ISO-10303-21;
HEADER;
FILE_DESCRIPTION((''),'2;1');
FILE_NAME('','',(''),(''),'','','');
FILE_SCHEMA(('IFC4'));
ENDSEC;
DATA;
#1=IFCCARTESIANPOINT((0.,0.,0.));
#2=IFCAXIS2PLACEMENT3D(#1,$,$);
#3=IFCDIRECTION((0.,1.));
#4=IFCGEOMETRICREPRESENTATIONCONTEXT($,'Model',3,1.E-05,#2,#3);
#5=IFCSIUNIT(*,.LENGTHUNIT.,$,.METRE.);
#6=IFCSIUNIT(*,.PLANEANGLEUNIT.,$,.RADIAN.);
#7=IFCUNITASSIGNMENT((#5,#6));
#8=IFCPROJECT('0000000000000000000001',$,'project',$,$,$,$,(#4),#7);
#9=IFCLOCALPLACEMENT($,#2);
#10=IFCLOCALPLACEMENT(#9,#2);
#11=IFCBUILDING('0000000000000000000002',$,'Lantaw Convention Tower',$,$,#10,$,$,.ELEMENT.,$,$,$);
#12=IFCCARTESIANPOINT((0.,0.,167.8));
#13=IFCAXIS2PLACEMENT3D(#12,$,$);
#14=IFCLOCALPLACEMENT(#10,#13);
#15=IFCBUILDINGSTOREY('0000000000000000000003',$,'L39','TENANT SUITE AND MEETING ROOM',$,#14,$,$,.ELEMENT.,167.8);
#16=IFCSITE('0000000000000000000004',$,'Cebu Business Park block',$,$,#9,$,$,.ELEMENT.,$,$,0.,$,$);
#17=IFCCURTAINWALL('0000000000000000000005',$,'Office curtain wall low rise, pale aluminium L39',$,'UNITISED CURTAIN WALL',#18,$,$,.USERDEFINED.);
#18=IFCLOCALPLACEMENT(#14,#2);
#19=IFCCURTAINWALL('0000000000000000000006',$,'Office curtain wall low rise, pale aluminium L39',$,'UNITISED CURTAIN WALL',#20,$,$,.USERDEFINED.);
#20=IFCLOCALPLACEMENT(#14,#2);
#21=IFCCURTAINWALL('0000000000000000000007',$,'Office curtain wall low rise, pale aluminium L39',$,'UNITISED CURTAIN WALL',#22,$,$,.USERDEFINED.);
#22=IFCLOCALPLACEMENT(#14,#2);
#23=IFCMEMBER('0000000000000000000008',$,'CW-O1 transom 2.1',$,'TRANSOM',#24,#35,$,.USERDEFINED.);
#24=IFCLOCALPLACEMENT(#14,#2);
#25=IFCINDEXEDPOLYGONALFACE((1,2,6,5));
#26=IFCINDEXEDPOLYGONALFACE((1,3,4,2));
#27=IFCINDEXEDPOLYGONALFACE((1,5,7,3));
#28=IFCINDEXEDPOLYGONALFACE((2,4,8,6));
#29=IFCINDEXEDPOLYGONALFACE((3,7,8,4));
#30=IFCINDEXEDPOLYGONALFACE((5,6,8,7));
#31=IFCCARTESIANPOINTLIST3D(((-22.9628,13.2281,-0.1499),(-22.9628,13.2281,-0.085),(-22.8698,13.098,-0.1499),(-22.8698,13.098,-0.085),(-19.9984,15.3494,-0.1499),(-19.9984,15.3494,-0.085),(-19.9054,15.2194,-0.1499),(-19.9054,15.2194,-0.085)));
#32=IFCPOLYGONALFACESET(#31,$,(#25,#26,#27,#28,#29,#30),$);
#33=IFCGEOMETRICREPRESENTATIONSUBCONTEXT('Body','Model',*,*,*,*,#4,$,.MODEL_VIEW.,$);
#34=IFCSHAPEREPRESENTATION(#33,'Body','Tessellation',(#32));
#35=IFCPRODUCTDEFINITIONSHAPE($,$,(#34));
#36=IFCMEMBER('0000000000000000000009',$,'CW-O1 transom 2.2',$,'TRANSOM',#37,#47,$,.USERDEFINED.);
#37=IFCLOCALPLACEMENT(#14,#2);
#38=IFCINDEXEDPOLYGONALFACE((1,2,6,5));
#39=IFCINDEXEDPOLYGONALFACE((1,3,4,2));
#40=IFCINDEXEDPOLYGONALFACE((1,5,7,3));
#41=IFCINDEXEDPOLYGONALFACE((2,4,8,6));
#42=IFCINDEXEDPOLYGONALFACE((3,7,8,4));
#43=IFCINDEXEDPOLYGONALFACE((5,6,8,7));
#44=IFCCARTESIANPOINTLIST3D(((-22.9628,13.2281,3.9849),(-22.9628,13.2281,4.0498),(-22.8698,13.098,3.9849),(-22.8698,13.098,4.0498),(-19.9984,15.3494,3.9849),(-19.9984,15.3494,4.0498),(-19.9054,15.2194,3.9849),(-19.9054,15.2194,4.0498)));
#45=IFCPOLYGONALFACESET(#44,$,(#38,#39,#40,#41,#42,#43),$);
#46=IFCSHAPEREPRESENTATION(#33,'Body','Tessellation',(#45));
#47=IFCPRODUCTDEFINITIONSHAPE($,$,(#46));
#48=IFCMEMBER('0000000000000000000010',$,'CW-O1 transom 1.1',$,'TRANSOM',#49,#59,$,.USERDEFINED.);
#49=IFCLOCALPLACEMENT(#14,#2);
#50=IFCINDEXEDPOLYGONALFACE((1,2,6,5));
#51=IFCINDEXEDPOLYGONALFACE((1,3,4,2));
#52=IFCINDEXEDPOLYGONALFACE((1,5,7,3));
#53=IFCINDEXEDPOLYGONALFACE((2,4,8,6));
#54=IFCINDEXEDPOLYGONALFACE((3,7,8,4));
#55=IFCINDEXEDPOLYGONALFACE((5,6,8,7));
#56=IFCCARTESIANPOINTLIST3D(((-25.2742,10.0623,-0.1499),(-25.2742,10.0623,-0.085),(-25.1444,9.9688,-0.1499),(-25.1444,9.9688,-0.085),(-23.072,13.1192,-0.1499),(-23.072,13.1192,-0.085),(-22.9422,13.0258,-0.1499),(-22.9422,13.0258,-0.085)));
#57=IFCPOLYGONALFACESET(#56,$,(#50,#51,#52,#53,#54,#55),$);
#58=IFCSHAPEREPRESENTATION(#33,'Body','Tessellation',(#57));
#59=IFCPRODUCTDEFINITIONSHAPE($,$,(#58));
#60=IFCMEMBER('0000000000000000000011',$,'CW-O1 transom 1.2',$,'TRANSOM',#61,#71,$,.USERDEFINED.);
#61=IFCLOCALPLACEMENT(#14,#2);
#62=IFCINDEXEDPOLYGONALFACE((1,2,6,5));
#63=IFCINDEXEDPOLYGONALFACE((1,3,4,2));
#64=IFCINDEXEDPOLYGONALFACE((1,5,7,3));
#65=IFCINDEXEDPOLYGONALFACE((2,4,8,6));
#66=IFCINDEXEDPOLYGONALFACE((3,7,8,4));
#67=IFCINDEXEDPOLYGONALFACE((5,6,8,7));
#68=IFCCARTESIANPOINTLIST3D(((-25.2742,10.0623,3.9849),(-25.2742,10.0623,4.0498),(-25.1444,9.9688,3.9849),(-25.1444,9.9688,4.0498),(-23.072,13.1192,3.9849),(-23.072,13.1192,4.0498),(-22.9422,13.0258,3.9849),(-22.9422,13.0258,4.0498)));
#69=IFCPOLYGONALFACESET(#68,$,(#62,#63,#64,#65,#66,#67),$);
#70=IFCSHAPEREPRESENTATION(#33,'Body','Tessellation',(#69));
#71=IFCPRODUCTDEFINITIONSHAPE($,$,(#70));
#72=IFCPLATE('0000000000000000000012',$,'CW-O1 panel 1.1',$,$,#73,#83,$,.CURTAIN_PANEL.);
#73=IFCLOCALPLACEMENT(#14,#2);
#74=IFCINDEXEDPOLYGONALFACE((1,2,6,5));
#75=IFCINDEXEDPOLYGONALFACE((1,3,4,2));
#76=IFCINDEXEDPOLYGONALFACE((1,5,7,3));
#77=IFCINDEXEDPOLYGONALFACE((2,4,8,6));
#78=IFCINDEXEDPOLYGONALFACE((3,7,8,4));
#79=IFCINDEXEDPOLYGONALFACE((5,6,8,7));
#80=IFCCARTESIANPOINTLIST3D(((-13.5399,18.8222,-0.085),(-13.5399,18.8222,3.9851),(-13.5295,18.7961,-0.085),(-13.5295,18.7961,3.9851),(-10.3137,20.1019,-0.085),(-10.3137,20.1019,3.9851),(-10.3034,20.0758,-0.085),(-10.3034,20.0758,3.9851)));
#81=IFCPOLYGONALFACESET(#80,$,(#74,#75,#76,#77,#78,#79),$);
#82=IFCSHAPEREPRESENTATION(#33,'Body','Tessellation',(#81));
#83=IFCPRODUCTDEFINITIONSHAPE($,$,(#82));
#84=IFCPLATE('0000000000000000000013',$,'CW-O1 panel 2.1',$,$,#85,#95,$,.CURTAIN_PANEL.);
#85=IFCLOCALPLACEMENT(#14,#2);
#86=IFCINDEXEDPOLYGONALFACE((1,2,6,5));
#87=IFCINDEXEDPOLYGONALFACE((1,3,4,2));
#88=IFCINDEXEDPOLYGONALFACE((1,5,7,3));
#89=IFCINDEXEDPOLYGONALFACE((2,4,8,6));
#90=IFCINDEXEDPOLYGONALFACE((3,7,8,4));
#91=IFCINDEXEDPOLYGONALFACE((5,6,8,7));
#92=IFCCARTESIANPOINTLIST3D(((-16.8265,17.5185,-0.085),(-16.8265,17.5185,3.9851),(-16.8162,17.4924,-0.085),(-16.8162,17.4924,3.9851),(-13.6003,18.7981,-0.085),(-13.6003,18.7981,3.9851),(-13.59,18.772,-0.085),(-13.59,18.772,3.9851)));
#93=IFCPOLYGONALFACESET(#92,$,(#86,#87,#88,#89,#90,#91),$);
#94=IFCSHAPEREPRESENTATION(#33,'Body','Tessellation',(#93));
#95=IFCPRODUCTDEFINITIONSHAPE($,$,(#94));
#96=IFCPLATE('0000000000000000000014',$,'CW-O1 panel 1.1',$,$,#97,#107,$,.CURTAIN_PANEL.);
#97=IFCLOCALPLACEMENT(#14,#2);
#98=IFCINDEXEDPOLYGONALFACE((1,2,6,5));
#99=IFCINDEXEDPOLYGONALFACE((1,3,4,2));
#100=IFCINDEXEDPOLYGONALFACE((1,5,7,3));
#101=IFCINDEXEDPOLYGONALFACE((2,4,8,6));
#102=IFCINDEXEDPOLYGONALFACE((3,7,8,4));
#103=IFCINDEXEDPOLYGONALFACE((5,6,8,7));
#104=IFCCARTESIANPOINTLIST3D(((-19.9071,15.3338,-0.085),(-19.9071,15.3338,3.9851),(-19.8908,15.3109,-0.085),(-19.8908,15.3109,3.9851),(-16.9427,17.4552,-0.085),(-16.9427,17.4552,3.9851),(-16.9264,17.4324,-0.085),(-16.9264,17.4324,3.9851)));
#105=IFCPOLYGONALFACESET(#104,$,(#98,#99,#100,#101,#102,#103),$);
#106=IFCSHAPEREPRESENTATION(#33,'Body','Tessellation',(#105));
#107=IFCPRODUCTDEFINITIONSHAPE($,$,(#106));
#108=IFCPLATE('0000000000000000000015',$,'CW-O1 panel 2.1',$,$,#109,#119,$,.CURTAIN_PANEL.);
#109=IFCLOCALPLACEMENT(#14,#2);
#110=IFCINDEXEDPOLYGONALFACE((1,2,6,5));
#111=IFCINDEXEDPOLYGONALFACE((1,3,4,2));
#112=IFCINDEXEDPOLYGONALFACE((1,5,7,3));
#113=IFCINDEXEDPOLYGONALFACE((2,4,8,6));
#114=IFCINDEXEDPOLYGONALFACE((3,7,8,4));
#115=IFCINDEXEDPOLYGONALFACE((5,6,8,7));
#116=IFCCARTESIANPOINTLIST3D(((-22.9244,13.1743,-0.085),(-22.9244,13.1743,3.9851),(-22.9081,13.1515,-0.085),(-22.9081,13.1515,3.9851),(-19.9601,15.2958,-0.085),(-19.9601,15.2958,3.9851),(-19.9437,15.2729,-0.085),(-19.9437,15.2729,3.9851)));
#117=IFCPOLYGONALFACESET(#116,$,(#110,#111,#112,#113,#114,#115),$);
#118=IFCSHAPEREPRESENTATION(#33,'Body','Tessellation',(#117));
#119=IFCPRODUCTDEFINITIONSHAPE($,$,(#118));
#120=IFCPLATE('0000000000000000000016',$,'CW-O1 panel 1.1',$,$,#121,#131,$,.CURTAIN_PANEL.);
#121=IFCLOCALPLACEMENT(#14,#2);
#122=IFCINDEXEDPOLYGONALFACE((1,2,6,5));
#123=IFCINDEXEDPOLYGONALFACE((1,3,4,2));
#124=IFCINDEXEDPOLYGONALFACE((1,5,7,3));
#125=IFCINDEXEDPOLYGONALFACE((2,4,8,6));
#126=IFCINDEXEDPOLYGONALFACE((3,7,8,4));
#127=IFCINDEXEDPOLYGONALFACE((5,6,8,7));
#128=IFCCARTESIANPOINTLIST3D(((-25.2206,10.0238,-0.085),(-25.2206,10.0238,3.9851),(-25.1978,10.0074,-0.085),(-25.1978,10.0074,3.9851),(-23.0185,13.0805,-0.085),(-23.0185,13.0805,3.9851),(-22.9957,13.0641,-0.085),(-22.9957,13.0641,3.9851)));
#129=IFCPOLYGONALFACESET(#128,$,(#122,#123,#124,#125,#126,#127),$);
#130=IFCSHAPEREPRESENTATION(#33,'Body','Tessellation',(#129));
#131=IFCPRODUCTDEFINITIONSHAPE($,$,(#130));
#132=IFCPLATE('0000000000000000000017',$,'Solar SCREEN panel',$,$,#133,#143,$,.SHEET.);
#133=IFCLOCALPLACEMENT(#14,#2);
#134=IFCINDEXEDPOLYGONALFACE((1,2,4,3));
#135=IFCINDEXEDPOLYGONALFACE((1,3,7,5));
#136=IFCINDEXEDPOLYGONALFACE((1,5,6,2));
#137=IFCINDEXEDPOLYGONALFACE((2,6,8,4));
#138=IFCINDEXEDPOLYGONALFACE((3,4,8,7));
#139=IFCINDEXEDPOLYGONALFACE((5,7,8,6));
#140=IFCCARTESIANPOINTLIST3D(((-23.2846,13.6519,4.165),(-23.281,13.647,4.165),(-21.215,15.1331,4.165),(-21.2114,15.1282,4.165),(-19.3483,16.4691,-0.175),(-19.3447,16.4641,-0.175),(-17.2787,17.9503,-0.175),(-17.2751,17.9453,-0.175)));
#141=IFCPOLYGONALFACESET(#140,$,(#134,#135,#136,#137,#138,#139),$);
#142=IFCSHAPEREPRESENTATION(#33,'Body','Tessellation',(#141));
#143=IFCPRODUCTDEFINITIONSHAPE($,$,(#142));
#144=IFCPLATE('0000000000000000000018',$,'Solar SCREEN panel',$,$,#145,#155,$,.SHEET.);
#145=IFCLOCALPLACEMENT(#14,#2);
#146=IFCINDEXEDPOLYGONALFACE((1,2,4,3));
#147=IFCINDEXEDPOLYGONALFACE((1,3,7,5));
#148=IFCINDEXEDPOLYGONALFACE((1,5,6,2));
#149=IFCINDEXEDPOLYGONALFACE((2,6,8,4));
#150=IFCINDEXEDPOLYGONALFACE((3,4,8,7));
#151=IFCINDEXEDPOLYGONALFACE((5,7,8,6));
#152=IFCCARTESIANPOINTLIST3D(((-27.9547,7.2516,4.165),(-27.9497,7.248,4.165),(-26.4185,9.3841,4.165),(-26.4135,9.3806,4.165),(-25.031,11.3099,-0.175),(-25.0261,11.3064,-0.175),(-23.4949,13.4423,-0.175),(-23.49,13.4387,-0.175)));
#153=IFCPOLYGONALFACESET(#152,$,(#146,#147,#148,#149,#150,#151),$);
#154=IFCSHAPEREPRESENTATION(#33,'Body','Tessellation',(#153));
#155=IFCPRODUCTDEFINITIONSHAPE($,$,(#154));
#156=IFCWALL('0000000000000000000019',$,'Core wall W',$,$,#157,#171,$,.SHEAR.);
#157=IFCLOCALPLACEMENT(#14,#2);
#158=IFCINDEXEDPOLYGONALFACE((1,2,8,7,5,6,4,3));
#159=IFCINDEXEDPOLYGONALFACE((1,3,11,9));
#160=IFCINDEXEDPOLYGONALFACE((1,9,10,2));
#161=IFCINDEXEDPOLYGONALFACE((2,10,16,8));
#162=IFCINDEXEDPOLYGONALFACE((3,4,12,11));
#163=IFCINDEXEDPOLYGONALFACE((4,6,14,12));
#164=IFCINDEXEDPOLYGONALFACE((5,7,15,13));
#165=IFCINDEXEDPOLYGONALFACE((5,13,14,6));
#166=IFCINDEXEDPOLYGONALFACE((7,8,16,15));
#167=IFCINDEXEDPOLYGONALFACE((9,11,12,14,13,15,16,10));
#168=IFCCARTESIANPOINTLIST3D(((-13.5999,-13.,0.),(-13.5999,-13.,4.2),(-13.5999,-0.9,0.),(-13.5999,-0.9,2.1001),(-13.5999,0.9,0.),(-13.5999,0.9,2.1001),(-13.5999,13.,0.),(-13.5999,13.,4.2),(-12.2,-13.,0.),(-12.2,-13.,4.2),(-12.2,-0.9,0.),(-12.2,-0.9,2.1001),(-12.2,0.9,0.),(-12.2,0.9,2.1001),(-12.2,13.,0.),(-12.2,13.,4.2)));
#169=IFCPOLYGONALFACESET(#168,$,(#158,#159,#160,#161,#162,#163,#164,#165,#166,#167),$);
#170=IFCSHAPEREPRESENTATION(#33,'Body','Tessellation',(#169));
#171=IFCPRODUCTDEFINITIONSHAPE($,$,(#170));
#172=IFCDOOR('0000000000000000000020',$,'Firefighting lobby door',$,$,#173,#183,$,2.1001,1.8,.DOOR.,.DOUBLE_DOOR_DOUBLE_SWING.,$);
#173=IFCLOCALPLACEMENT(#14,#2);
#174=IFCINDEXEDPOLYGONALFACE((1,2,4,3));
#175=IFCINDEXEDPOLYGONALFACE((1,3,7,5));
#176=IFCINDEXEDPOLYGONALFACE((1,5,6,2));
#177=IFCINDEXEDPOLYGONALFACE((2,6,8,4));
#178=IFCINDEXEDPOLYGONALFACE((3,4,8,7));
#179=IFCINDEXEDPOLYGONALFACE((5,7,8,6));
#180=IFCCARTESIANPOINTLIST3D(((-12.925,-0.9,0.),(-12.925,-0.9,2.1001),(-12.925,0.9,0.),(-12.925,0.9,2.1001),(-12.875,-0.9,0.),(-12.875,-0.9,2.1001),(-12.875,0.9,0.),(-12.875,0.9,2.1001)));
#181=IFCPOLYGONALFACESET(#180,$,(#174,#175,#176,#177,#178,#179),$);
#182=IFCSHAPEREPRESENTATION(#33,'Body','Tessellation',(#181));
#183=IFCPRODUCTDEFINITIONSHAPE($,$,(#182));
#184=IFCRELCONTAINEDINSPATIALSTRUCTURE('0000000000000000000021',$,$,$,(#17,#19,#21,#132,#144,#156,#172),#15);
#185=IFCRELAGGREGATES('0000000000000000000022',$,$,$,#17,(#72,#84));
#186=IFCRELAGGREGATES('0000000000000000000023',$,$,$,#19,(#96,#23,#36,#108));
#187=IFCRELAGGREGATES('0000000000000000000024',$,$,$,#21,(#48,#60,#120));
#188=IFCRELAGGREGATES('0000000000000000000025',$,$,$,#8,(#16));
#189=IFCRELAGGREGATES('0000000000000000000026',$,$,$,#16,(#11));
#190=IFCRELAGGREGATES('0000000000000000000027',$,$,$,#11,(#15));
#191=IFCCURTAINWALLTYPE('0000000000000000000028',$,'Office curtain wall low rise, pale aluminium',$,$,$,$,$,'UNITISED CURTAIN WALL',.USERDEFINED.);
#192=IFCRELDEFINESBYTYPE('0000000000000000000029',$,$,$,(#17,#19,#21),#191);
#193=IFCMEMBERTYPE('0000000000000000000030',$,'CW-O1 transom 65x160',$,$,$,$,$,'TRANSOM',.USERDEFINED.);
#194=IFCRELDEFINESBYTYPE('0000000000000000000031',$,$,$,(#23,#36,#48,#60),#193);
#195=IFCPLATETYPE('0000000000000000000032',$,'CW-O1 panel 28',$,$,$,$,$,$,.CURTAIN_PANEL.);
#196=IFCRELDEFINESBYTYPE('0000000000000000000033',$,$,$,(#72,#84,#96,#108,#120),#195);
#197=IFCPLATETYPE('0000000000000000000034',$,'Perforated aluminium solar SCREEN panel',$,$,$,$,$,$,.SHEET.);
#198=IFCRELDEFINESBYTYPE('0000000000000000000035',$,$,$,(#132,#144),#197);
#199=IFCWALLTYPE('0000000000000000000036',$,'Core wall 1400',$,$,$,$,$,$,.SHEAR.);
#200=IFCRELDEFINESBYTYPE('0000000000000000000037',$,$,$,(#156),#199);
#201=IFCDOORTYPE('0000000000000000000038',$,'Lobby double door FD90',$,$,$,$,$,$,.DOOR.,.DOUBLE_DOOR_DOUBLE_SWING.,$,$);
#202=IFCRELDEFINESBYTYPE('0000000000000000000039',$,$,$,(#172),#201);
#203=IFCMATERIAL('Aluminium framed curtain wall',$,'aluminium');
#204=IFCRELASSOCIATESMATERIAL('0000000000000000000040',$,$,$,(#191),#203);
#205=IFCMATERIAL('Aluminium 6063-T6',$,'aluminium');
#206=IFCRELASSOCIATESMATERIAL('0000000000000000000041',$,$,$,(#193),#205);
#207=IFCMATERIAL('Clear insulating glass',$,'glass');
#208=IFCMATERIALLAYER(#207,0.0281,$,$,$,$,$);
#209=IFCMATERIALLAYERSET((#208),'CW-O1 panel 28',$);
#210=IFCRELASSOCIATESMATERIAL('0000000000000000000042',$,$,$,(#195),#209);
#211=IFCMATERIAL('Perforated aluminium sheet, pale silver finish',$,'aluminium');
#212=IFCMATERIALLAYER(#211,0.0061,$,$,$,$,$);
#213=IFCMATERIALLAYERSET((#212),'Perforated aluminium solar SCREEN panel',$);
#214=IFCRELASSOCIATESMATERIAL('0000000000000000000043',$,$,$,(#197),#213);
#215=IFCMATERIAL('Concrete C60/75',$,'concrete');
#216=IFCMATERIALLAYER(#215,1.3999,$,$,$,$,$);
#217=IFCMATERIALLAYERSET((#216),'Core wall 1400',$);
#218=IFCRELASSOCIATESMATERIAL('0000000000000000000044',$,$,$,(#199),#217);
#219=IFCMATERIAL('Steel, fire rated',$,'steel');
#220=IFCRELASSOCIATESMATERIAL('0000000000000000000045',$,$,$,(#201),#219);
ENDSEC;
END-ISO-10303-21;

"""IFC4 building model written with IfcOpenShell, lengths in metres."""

from ifc_helpers import new_model, si_unit, direction, frame, frame_2d, origin, origin_2d, place, context, subcontext, project, spatial, polyline, rectangle, outline, extrude, material, layer, layer_set, material_profile, profile_set, type_object, element, fill, aggregate, save


model = new_model("IFC4")

# Units and contexts
model_context = context("Model", 3, precision=1e-05, world=origin(), true_north=direction((0.0, 1.0)))
body_context = subcontext(model_context, "Body", "Model", "MODEL_VIEW")
ifc_project = project(units=[si_unit("LENGTHUNIT", "METRE"), si_unit("PLANEANGLEUNIT", "RADIAN")], contexts=[model_context])

# Site, building, storey
site_placement = place(None, origin())
site = spatial("IfcSite", under=ifc_project, at=site_placement, Name="Cebu Business Park block", CompositionType="ELEMENT", RefElevation=0.0)
building_placement = place(site_placement, origin())
building = spatial("IfcBuilding", under=site, at=building_placement, Name="Lantaw Convention Tower", CompositionType="ELEMENT")
storey_placement = place(building_placement, frame((0.0, 0.0, 167.8)))
storey = spatial("IfcBuildingStorey", under=building, at=storey_placement, Name="L39", Description="TENANT SUITE AND MEETING ROOM", CompositionType="ELEMENT", Elevation=167.8)

# Shared definitions
ifc_material_1 = material(Name="Concrete C60/75", Category="concrete")

# Curtain walls
ifc_material_2 = material(Name="Aluminium framed curtain wall", Category="aluminium")
curtain_wall_type = type_object("IfcCurtainWallType", Name="Office curtain wall low rise, pale aluminium", ElementType="UNITISED CURTAIN WALL", PredefinedType="USERDEFINED", material=ifc_material_2)
curtain_wall_1_placement = place(storey_placement, origin())
curtain_wall_1 = element("IfcCurtainWall", 1, at=curtain_wall_1_placement, inside=storey, type_object=curtain_wall_type, Name="Office curtain wall low rise, pale aluminium L39", ObjectType="UNITISED CURTAIN WALL", PredefinedType="USERDEFINED")
ifc_material_3 = material(Name="Aluminium 6063-T6", Category="aluminium")
curtain_wall_2_placement = place(storey_placement, origin())
curtain_wall_2 = element("IfcCurtainWall", 2, at=curtain_wall_2_placement, inside=storey, type_object=curtain_wall_type, Name="Office curtain wall low rise, pale aluminium L39", ObjectType="UNITISED CURTAIN WALL", PredefinedType="USERDEFINED")
curtain_wall_3_placement = place(storey_placement, origin())
curtain_wall_3 = element("IfcCurtainWall", 3, at=curtain_wall_3_placement, inside=storey, type_object=curtain_wall_type, Name="Office curtain wall low rise, pale aluminium L39", ObjectType="UNITISED CURTAIN WALL", PredefinedType="USERDEFINED")

# Members
ifc_material_profile_1 = material_profile(ifc_material_3, rectangle(XDim=0.1599, YDim=0.0649, at=origin_2d()), Name="CW-O1 transom 65x160")
ifc_profile_set_1 = profile_set([ifc_material_profile_1], Name="Aluminium 6063-T6")
member_type_1 = type_object("IfcMemberType", Name="CW-O1 transom 65x160", ElementType="TRANSOM", PredefinedType="USERDEFINED", material=ifc_profile_set_1)
member_1_placement = place(storey_placement, frame((-19.9519, 15.2844, -0.1174), z_axis=(-0.813222, -0.581954, 0.0), x_axis=(0.581954, -0.813222, 0.0)))
member_1 = element("IfcMember", 4, at=member_1_placement, type_object=member_type_1, Name="CW-O1 transom 2.1", ObjectType="TRANSOM", PredefinedType="USERDEFINED", context=body_context, shape_type="SweptSolid", body=[
    extrude(rectangle(XDim=0.1599, YDim=0.0649, at=origin_2d()), origin(), (0.0, 0.0, 1.0), 3.6453),
])
member_2_placement = place(storey_placement, frame((-19.9519, 15.2844, 4.0173), z_axis=(-0.813222, -0.581954, 0.0), x_axis=(0.581954, -0.813222, 0.0)))
member_2 = element("IfcMember", 5, at=member_2_placement, type_object=member_type_1, Name="CW-O1 transom 2.2", ObjectType="TRANSOM", PredefinedType="USERDEFINED", context=body_context, shape_type="SweptSolid", body=[
    extrude(rectangle(XDim=0.1599, YDim=0.0649, at=origin_2d()), origin(), (0.0, 0.0, 1.0), 3.6453),
])
member_3_placement = place(storey_placement, frame((-23.0071, 13.0725, -0.1174), z_axis=(-0.584513, -0.811384, 0.0), x_axis=(0.811384, -0.584513, 0.0)))
member_3 = element("IfcMember", 6, at=member_3_placement, type_object=member_type_1, Name="CW-O1 transom 1.1", ObjectType="TRANSOM", PredefinedType="USERDEFINED", context=body_context, shape_type="SweptSolid", body=[
    extrude(rectangle(XDim=0.1599, YDim=0.0649, at=origin_2d()), origin(), (0.0, 0.0, 1.0), 3.7676),
])
member_4_placement = place(storey_placement, frame((-23.0071, 13.0725, 4.0173), z_axis=(-0.584513, -0.811384, 0.0), x_axis=(0.811384, -0.584513, 0.0)))
member_4 = element("IfcMember", 7, at=member_4_placement, type_object=member_type_1, Name="CW-O1 transom 1.2", ObjectType="TRANSOM", PredefinedType="USERDEFINED", context=body_context, shape_type="SweptSolid", body=[
    extrude(rectangle(XDim=0.1599, YDim=0.0649, at=origin_2d()), origin(), (0.0, 0.0, 1.0), 3.7676),
])

# Plates
ifc_material_4 = material(Name="Clear insulating glass", Category="glass")
ifc_layer_1 = layer(ifc_material_4, 0.0281)
ifc_layer_set_1 = layer_set([ifc_layer_1], Name="CW-O1 panel 28")
plate_type_1 = type_object("IfcPlateType", Name="CW-O1 panel 28", PredefinedType="CURTAIN_PANEL", material=ifc_layer_set_1)
plate_1_placement = place(storey_placement, frame((-11.9216, 19.449, -0.085), z_axis=(0.0, 0.0, 1.0), x_axis=(-0.929548, -0.368702, 0.0)))
plate_1 = element("IfcPlate", 8, at=plate_1_placement, type_object=plate_type_1, Name="CW-O1 panel 1.1", PredefinedType="CURTAIN_PANEL", context=body_context, shape_type="SweptSolid", body=[
    extrude(rectangle(XDim=3.4707, YDim=0.0281, at=origin_2d()), origin(), (0.0, 0.0, 1.0), 4.0701),
])
plate_2_placement = place(storey_placement, frame((-15.2083, 18.1453, -0.085), z_axis=(0.0, 0.0, 1.0), x_axis=(-0.929548, -0.368702, 0.0)))
plate_2 = element("IfcPlate", 9, at=plate_2_placement, type_object=plate_type_1, Name="CW-O1 panel 2.1", PredefinedType="CURTAIN_PANEL", context=body_context, shape_type="SweptSolid", body=[
    extrude(rectangle(XDim=3.4707, YDim=0.0281, at=origin_2d()), origin(), (0.0, 0.0, 1.0), 4.0701),
])
aggregate(curtain_wall_1, [plate_1, plate_2])
plate_3_placement = place(storey_placement, frame((-18.4167, 16.3831, -0.085), z_axis=(0.0, 0.0, 1.0), x_axis=(-0.813208, -0.581973, 0.0)))
plate_3 = element("IfcPlate", 10, at=plate_3_placement, type_object=plate_type_1, Name="CW-O1 panel 1.1", PredefinedType="CURTAIN_PANEL", context=body_context, shape_type="SweptSolid", body=[
    extrude(rectangle(XDim=3.6453, YDim=0.0281, at=origin_2d()), origin(), (0.0, 0.0, 1.0), 4.0701),
])
plate_4_placement = place(storey_placement, frame((-21.4341, 14.2236, -0.085), z_axis=(0.0, 0.0, 1.0), x_axis=(-0.813208, -0.581973, 0.0)))
plate_4 = element("IfcPlate", 11, at=plate_4_placement, type_object=plate_type_1, Name="CW-O1 panel 2.1", PredefinedType="CURTAIN_PANEL", context=body_context, shape_type="SweptSolid", body=[
    extrude(rectangle(XDim=3.6453, YDim=0.0281, at=origin_2d()), origin(), (0.0, 0.0, 1.0), 4.0701),
])
aggregate(curtain_wall_2, [plate_3, member_1, member_2, plate_4])
plate_5_placement = place(storey_placement, frame((-24.1082, 11.5439, -0.085), z_axis=(0.0, 0.0, 1.0), x_axis=(-0.584513, -0.811385, 0.0)))
plate_5 = element("IfcPlate", 12, at=plate_5_placement, type_object=plate_type_1, Name="CW-O1 panel 1.1", PredefinedType="CURTAIN_PANEL", context=body_context, shape_type="SweptSolid", body=[
    extrude(rectangle(XDim=3.7673, YDim=0.0281, at=origin_2d()), origin(), (0.0, 0.0, 1.0), 4.0701),
])
aggregate(curtain_wall_3, [member_3, member_4, plate_5])

# Plates
ifc_material_5 = material(Name="Perforated aluminium sheet, pale silver finish", Category="aluminium")
ifc_layer_2 = layer(ifc_material_5, 0.0061)
ifc_layer_set_2 = layer_set([ifc_layer_2], Name="Perforated aluminium solar SCREEN panel")
plate_type_2 = type_object("IfcPlateType", Name="Perforated aluminium solar SCREEN panel", PredefinedType="SHEET", material=ifc_layer_set_2)
plate_6_placement = place(storey_placement, frame((-17.2751, 17.9453, -0.175), z_axis=(0.582, -0.813189, 0.000012), x_axis=(-0.813189, -0.582, 0.0)))
element("IfcPlate", 13, at=plate_6_placement, inside=storey, type_object=plate_type_2, Name="Solar SCREEN panel", PredefinedType="SHEET", context=body_context, shape_type="SweptSolid", body=[
    extrude(outline(polyline([(0.0, 0.0), (2.545, 0.0), (7.3855, -4.3401), (4.8405, -4.3401), (0.0, 0.0)])), origin(), (0.0, 0.0, -1.0), 0.0061),
])
plate_7_placement = place(storey_placement, frame((-23.49, 13.4387, -0.175), z_axis=(0.811395, -0.584498, 0.000036), x_axis=(-0.584498, -0.811395, 0.0)))
element("IfcPlate", 14, at=plate_7_placement, inside=storey, type_object=plate_type_2, Name="Solar SCREEN panel", PredefinedType="SHEET", context=body_context, shape_type="SweptSolid", body=[
    extrude(outline(polyline([(0.0, 0.0), (2.628, 0.0), (7.6298, -4.3401), (5.0016, -4.3401), (0.0, 0.0)])), origin(), (0.0, 0.0, -1.0), 0.0061),
])

# Wall, opening, door
ifc_layer_3 = layer(ifc_material_1, 1.3999)
ifc_layer_set_3 = layer_set([ifc_layer_3], Name="Core wall 1400")
wall_type_1 = type_object("IfcWallType", Name="Core wall 1400", PredefinedType="SHEAR", material=ifc_layer_set_3)
wall_1_placement = place(storey_placement, frame((-12.8999, 13.0, 0.0), z_axis=(0.0, 0.0, 1.0), x_axis=(0.0, -1.0, 0.0)))
wall_1 = element("IfcWall", 15, at=wall_1_placement, inside=storey, type_object=wall_type_1, Name="Core wall W", PredefinedType="SHEAR", context=body_context, shape_type="SweptSolid", body=[
    extrude(rectangle(XDim=26.0, YDim=1.3999, at=frame_2d((13.0, 0.0))), origin(), (0.0, 0.0, 1.0), 4.2),
])
opening_placement = place(wall_1_placement, frame((12.1001, 0.0, 0.0)))
opening = element("IfcOpeningElement", 16, at=opening_placement, cuts=wall_1, PredefinedType="OPENING", context=body_context, shape_type="SweptSolid", body=[
    extrude(rectangle(XDim=1.8, YDim=2.1001, at=frame_2d((0.8999, 1.05))), frame((0.0, 0.71, 0.0), z_axis=(0.0, -1.0, 0.0), x_axis=(1.0, 0.0, 0.0)), (0.0, 0.0, 1.0), 1.4199),
])
ifc_material_6 = material(Name="Steel, fire rated", Category="steel")
door_type = type_object("IfcDoorType", Name="Lobby double door FD90", OperationType="DOUBLE_DOOR_DOUBLE_SWING", PredefinedType="DOOR", material=ifc_material_6)
door_placement = place(opening_placement, origin())
door = element("IfcDoor", 17, at=door_placement, inside=storey, type_object=door_type, Name="Firefighting lobby door", OperationType="DOUBLE_DOOR_DOUBLE_SWING", OverallHeight=2.1001, OverallWidth=1.8, PredefinedType="DOOR", context=body_context, shape_type="SweptSolid", body=[
    extrude(rectangle(XDim=1.8, YDim=2.1001, at=frame_2d((0.8999, 1.05))), frame((0.0, 0.0249, 0.0), z_axis=(0.0, -1.0, 0.0), x_axis=(1.0, 0.0, 0.0)), (0.0, 0.0, 1.0), 0.05),
])
fill(opening, door)

save(model, "model.ifc")
